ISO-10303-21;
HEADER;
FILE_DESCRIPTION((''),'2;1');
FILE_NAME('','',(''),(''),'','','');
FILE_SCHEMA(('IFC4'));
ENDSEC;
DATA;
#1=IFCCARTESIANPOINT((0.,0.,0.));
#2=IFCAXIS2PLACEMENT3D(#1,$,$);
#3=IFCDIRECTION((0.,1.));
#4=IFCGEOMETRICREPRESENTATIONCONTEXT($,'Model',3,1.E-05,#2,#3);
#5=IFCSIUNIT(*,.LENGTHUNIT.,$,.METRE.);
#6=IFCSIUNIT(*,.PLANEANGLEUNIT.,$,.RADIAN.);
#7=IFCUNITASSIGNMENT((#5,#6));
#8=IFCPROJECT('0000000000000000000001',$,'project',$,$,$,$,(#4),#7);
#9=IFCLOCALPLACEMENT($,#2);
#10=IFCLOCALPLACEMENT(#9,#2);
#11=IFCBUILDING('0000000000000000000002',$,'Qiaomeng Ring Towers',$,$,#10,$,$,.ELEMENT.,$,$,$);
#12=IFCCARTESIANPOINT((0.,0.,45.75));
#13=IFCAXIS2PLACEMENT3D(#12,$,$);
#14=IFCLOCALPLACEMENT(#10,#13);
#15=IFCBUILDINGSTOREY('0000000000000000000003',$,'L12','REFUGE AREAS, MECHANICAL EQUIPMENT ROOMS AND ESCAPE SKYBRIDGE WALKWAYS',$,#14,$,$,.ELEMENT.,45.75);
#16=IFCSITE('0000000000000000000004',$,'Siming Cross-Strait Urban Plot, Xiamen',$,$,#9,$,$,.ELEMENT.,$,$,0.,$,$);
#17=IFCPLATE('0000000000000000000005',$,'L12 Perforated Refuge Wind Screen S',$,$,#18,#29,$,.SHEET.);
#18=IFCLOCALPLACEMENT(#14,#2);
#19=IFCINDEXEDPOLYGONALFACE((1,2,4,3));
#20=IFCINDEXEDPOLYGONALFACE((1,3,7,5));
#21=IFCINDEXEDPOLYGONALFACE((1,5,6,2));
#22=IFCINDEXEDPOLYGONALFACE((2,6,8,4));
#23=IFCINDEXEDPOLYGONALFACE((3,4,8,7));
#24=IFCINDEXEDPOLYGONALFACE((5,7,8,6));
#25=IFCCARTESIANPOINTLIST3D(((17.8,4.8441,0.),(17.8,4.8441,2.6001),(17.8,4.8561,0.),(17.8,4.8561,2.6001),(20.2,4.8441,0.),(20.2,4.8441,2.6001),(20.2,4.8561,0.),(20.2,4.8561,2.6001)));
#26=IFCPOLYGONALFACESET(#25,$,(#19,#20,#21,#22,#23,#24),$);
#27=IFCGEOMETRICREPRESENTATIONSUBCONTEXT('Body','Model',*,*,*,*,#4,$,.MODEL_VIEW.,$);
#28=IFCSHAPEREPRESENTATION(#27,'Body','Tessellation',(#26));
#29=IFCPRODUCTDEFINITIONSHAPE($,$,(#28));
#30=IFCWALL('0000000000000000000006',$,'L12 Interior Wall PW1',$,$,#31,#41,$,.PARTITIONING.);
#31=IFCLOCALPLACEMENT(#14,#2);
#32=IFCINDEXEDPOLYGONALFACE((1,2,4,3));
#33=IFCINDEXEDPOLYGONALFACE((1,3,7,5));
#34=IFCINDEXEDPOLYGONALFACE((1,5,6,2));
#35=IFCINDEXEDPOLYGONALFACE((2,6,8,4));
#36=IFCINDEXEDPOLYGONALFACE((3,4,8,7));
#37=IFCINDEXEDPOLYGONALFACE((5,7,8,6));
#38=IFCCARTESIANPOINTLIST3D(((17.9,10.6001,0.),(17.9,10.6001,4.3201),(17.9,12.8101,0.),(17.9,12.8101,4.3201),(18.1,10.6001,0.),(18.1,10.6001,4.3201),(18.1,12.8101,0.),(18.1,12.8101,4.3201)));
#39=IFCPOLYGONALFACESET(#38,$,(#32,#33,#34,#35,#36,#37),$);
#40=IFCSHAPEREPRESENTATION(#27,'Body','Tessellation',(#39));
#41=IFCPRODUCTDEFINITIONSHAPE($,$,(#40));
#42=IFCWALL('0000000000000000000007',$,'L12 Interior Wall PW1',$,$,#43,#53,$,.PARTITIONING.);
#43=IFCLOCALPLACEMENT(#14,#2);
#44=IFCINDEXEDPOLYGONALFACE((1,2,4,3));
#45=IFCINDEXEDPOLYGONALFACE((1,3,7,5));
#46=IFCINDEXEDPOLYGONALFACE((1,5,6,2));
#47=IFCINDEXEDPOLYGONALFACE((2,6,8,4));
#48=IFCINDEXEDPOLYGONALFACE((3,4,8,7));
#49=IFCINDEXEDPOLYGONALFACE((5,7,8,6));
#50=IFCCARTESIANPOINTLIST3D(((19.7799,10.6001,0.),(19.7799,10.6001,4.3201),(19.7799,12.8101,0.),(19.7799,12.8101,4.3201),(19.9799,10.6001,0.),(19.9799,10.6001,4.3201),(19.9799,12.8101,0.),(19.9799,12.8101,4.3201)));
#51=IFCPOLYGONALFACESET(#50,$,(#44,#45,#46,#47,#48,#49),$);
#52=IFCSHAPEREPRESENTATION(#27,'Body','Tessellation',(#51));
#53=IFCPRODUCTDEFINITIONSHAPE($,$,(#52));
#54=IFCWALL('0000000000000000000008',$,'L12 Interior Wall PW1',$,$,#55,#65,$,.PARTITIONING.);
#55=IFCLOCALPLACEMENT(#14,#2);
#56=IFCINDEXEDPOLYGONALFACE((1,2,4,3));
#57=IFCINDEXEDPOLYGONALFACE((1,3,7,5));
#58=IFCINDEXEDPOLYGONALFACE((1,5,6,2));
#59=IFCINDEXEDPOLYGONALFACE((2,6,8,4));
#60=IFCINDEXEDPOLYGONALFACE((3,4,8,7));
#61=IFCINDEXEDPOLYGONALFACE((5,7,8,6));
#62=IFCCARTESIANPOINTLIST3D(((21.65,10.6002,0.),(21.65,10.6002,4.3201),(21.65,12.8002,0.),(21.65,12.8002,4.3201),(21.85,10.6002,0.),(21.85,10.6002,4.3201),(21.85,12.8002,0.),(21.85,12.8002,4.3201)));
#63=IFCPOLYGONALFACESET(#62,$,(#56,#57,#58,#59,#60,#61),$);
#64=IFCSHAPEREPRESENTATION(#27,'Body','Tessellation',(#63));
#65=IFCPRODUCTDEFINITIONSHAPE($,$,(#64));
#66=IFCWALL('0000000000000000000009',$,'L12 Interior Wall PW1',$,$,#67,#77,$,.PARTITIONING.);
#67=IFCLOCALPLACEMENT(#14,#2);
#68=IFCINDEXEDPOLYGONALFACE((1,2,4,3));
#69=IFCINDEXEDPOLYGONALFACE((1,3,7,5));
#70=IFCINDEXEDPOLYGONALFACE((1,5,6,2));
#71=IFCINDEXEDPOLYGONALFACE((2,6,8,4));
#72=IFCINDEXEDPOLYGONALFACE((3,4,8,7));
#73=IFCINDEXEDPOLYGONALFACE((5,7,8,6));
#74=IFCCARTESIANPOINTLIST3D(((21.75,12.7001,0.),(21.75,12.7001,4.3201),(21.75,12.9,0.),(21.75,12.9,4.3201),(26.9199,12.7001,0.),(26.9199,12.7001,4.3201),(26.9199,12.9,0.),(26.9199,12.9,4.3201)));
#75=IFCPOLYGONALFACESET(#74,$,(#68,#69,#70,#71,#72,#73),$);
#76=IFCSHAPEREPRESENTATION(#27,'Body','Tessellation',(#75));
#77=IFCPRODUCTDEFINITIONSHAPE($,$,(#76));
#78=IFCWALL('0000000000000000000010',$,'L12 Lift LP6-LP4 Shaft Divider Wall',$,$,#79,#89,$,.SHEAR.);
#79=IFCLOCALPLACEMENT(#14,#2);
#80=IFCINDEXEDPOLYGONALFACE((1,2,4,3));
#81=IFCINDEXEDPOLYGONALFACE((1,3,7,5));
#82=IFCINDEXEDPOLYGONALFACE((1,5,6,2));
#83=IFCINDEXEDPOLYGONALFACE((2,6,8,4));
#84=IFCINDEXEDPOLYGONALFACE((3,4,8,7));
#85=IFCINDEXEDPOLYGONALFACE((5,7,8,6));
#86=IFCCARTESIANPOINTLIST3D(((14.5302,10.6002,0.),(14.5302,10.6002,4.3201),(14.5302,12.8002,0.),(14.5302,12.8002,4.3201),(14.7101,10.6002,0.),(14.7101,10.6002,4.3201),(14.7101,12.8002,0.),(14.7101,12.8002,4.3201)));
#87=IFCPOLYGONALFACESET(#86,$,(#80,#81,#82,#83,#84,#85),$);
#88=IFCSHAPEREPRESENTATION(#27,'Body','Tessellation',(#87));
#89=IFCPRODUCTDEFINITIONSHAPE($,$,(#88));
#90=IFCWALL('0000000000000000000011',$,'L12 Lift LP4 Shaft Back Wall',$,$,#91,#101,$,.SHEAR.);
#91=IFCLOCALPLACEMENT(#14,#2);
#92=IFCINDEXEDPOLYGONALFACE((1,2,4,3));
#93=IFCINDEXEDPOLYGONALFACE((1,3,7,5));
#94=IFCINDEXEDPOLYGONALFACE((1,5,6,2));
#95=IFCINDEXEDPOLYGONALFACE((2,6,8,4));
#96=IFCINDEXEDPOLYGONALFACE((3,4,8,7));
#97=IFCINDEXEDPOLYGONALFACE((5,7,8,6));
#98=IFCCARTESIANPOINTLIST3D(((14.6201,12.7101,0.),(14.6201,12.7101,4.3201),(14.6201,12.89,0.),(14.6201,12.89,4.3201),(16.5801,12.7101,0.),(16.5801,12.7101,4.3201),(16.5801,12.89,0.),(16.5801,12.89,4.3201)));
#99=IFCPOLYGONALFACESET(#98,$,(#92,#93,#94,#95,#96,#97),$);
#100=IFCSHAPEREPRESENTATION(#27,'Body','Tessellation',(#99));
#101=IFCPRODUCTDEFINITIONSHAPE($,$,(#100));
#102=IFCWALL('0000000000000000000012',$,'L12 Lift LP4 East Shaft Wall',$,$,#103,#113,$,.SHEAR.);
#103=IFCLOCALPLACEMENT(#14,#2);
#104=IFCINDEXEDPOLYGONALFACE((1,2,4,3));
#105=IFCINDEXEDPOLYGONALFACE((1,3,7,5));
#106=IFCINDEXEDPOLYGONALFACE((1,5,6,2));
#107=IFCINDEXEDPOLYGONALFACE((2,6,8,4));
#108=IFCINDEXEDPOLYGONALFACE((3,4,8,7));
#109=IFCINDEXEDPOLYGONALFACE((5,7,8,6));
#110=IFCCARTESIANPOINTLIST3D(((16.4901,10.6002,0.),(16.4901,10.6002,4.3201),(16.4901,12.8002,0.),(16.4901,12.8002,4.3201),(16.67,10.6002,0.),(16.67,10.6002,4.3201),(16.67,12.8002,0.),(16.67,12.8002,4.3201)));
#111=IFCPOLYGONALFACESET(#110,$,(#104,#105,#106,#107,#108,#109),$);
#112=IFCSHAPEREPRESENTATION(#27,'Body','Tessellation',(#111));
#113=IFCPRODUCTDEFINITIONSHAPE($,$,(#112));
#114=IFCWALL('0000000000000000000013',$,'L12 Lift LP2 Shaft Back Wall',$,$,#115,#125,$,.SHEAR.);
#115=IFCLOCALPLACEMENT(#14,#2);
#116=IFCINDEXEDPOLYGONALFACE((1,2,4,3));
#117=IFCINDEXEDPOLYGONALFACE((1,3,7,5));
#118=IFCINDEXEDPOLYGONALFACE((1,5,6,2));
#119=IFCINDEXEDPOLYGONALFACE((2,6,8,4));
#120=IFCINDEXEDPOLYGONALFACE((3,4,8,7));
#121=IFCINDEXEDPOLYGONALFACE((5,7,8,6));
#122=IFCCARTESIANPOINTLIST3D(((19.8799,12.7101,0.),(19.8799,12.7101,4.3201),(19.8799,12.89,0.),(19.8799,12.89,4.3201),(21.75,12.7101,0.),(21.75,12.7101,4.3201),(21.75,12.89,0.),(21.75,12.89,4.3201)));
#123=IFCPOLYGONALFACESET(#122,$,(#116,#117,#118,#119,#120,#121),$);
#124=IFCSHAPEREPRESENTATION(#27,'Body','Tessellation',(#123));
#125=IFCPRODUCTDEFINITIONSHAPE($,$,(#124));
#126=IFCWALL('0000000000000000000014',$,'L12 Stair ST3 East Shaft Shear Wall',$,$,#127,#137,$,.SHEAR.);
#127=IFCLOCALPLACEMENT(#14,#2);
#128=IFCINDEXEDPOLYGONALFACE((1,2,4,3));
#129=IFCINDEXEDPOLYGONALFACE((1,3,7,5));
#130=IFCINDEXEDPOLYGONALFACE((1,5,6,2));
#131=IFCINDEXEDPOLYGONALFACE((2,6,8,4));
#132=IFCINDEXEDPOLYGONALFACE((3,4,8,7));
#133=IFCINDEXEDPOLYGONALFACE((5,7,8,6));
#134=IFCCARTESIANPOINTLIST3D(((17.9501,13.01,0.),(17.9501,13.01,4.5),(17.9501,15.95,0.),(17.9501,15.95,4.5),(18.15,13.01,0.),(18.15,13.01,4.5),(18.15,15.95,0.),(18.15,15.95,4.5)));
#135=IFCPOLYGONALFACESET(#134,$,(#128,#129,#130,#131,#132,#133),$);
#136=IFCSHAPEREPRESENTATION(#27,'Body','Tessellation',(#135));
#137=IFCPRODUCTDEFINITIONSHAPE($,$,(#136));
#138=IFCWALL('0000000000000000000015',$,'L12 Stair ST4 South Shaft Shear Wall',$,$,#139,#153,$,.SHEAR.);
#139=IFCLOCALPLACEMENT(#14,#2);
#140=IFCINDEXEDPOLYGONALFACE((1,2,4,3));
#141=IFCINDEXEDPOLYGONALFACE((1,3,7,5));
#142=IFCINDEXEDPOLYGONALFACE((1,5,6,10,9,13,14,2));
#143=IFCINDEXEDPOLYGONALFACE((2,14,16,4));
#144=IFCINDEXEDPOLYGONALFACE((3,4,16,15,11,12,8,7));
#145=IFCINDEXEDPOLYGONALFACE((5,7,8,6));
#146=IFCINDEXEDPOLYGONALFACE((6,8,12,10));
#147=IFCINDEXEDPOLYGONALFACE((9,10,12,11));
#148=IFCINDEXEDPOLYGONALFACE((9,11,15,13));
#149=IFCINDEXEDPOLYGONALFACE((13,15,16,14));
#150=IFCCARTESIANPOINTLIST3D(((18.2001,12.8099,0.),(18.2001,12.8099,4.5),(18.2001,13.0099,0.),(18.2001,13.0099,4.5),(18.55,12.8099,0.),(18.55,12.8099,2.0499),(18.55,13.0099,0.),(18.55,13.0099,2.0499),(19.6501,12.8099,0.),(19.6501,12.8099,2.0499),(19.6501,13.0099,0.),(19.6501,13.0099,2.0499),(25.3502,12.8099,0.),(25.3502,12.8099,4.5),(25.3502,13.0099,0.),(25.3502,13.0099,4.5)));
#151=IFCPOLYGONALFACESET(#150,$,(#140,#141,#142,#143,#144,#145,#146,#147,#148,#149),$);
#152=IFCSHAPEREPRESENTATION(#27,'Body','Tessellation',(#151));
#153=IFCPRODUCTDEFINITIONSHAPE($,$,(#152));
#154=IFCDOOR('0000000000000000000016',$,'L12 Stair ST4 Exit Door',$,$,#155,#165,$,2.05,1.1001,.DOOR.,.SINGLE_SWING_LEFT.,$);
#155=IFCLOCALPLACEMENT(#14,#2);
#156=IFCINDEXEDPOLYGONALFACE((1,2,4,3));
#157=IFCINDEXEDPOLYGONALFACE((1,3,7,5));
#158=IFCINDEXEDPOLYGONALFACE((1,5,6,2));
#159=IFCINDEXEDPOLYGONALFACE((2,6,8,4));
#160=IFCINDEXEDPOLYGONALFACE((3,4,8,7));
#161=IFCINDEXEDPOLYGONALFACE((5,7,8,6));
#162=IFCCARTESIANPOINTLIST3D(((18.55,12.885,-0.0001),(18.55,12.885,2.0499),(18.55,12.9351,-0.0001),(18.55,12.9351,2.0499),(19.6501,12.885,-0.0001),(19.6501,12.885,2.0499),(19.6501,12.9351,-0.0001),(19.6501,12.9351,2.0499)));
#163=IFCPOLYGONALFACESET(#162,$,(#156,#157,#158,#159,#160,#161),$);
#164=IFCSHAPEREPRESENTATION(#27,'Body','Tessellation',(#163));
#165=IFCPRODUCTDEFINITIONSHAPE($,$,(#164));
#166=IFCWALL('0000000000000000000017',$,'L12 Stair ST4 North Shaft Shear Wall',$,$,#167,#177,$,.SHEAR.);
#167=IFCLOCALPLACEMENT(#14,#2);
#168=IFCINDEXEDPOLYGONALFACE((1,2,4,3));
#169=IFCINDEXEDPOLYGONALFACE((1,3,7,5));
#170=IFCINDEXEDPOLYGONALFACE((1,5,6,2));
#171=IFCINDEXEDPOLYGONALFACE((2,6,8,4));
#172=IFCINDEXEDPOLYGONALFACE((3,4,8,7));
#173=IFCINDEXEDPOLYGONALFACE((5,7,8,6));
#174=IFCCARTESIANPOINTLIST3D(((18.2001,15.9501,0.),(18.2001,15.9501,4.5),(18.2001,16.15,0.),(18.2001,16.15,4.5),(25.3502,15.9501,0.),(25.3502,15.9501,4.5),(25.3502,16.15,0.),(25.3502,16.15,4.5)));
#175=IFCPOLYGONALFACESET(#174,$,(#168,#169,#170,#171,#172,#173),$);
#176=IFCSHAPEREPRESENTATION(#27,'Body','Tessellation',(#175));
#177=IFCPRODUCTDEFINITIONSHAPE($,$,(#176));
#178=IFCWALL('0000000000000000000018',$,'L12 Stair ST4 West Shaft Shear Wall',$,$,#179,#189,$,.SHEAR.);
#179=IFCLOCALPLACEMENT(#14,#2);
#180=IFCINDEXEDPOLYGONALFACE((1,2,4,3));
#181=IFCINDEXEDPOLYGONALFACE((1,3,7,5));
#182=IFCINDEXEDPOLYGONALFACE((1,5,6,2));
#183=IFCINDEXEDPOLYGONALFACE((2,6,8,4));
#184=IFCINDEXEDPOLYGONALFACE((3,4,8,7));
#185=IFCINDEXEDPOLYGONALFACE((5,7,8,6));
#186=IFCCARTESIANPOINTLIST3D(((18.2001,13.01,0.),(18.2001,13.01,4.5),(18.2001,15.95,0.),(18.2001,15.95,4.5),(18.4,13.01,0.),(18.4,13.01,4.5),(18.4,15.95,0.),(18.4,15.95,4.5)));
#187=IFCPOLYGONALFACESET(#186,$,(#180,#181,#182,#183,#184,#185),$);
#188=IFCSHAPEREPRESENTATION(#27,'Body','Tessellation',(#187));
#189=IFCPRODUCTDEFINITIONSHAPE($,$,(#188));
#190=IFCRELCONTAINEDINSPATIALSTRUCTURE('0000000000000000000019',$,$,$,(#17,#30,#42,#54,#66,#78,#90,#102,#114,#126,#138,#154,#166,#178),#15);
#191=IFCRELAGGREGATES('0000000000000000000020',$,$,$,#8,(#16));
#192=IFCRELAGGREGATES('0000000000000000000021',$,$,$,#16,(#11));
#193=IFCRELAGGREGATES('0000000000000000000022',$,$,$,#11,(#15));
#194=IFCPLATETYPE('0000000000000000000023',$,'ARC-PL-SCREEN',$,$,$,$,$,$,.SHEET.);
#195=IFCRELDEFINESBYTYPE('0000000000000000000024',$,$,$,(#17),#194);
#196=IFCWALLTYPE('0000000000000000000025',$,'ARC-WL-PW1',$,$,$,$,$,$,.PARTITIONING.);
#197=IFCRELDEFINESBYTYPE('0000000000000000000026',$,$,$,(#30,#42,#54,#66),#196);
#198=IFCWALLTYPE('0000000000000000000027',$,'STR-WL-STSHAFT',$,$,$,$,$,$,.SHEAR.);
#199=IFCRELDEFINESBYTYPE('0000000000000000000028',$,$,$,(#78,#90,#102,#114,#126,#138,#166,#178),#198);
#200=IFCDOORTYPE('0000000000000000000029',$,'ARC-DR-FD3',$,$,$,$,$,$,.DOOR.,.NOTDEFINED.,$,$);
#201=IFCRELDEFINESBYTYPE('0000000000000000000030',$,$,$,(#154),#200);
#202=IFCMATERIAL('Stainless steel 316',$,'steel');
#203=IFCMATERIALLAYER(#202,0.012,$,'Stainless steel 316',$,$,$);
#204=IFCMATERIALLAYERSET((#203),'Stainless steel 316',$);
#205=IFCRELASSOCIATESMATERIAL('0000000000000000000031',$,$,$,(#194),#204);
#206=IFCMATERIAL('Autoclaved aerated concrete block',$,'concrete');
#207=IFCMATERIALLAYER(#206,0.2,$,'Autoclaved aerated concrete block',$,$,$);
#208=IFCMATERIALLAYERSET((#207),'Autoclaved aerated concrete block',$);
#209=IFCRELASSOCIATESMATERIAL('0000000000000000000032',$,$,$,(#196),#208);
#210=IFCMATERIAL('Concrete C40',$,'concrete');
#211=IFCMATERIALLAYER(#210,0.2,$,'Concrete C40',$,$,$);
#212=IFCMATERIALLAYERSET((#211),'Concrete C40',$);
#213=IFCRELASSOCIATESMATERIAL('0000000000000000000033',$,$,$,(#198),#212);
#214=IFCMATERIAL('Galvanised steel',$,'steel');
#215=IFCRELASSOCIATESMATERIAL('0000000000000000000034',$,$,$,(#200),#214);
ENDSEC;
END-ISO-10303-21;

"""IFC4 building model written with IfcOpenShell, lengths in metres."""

from ifc_helpers import new_model, si_unit, direction, frame, frame_2d, origin, origin_2d, place, context, subcontext, project, spatial, rectangle, extrude, source, transform, mapped, material, layer, layer_set, type_object, element, fill, save


model = new_model("IFC4")

# Units and contexts
model_context = context("Model", 3, precision=1e-05, world=origin(), true_north=direction((0.0, 1.0)))
body_context = subcontext(model_context, "Body", "Model", "MODEL_VIEW")
ifc_project = project(units=[si_unit("LENGTHUNIT", "METRE"), si_unit("PLANEANGLEUNIT", "RADIAN")], contexts=[model_context])

# Site, building, storey
site_placement = place(None, origin())
site = spatial("IfcSite", under=ifc_project, at=site_placement, Name="Siming Cross-Strait Urban Plot, Xiamen", CompositionType="ELEMENT", RefElevation=0.0)
building_placement = place(site_placement, origin())
building = spatial("IfcBuilding", under=site, at=building_placement, Name="Qiaomeng Ring Towers", CompositionType="ELEMENT")
storey_placement = place(building_placement, frame((0.0, 0.0, 45.75)))
storey = spatial("IfcBuildingStorey", under=building, at=storey_placement, Name="L12", Description="REFUGE AREAS, MECHANICAL EQUIPMENT ROOMS AND ESCAPE SKYBRIDGE WALKWAYS", CompositionType="ELEMENT", Elevation=45.75)

# Plate
ifc_material_1 = material(Name="Stainless steel 316", Category="steel")
ifc_layer_1 = layer(ifc_material_1, 0.012, Name="Stainless steel 316")
ifc_layer_set_1 = layer_set([ifc_layer_1], Name="Stainless steel 316")
plate_type_1 = type_object("IfcPlateType", Name="ARC-PL-SCREEN", PredefinedType="SHEET", material=ifc_layer_set_1)
shared_shape_1 = source(origin(), body_context, "Body", "SweptSolid", [
    extrude(rectangle(XDim=2.3999, YDim=0.012, at=origin_2d()), origin(), (0.0, 0.0, 1.0), 2.6001),
])
plate_1_placement = place(storey_placement, frame((19.0, 4.8501, 0.0), z_axis=(0.0, 0.0, 1.0), x_axis=(1.0, 0.0, 0.0)))
element("IfcPlate", 1, at=plate_1_placement, inside=storey, type_object=plate_type_1, Name="L12 Perforated Refuge Wind Screen S", PredefinedType="SHEET", context=body_context, shape_type="MappedRepresentation", body=[
    mapped(shared_shape_1, transform((0.0, 0.0, 0.0), x_axis=(1.0, 0.0, 0.0), y_axis=(0.0, 1.0, 0.0), z_axis=(0.0, 0.0, 1.0), scale=1.0)),
])

# Walls
ifc_material_2 = material(Name="Autoclaved aerated concrete block", Category="concrete")
ifc_layer_2 = layer(ifc_material_2, 0.2, Name="Autoclaved aerated concrete block")
ifc_layer_set_2 = layer_set([ifc_layer_2], Name="Autoclaved aerated concrete block")
wall_type_1 = type_object("IfcWallType", Name="ARC-WL-PW1", PredefinedType="PARTITIONING", material=ifc_layer_set_2)
for number, where, z_axis, x_axis, name in (
    (2, (18.0, 10.6001, 0.0), (0.0, 0.0, 1.0), (0.0, 1.0, 0.0), "L12 Interior Wall PW1"),
    (3, (19.8799, 10.6001, 0.0), (0.0, 0.0, 1.0), (0.0, 1.0, 0.0), "L12 Interior Wall PW1"),
):
    element("IfcWall", number, at=place(storey_placement, frame(where, z_axis=z_axis, x_axis=x_axis)), inside=storey, type_object=wall_type_1, Name=name, PredefinedType="PARTITIONING", context=body_context, shape_type="SweptSolid", body=[
        extrude(rectangle(XDim=2.21, YDim=0.2, at=frame_2d((1.105, 0.0))), origin(), (0.0, 0.0, 1.0), 4.3201),
    ])
wall_1_placement = place(storey_placement, frame((21.75, 10.6001, 0.0), z_axis=(0.0, 0.0, 1.0), x_axis=(0.0, 1.0, 0.0)))
element("IfcWall", 4, at=wall_1_placement, inside=storey, type_object=wall_type_1, Name="L12 Interior Wall PW1", PredefinedType="PARTITIONING", context=body_context, shape_type="SweptSolid", body=[
    extrude(rectangle(XDim=2.2, YDim=0.2, at=frame_2d((1.1001, 0.0))), origin(), (0.0, 0.0, 1.0), 4.3201),
])
wall_2_placement = place(storey_placement, frame((21.75, 12.8, 0.0), z_axis=(0.0, 0.0, 1.0), x_axis=(1.0, 0.0, 0.0)))
element("IfcWall", 5, at=wall_2_placement, inside=storey, type_object=wall_type_1, Name="L12 Interior Wall PW1", PredefinedType="PARTITIONING", context=body_context, shape_type="SweptSolid", body=[
    extrude(rectangle(XDim=5.1699, YDim=0.2, at=frame_2d((2.585, 0.0))), origin(), (0.0, 0.0, 1.0), 4.3201),
])
ifc_material_3 = material(Name="Concrete C40", Category="concrete")
ifc_layer_3 = layer(ifc_material_3, 0.2, Name="Concrete C40")
ifc_layer_set_3 = layer_set([ifc_layer_3], Name="Concrete C40")
wall_type_2 = type_object("IfcWallType", Name="STR-WL-STSHAFT", PredefinedType="SHEAR", material=ifc_layer_set_3)
wall_3_placement = place(storey_placement, frame((14.6201, 10.6001, 0.0), z_axis=(0.0, 0.0, 1.0), x_axis=(0.0, 1.0, 0.0)))
element("IfcWall", 6, at=wall_3_placement, inside=storey, type_object=wall_type_2, Name="L12 Lift LP6-LP4 Shaft Divider Wall", PredefinedType="SHEAR", context=body_context, shape_type="SweptSolid", body=[
    extrude(rectangle(XDim=2.2, YDim=0.1799, at=frame_2d((1.1001, 0.0))), origin(), (0.0, 0.0, 1.0), 4.3201),
])
wall_4_placement = place(storey_placement, frame((14.6201, 12.8, 0.0), z_axis=(0.0, 0.0, 1.0), x_axis=(1.0, 0.0, 0.0)))
element("IfcWall", 7, at=wall_4_placement, inside=storey, type_object=wall_type_2, Name="L12 Lift LP4 Shaft Back Wall", PredefinedType="SHEAR", context=body_context, shape_type="SweptSolid", body=[
    extrude(rectangle(XDim=1.96, YDim=0.1799, at=frame_2d((0.98, 0.0))), origin(), (0.0, 0.0, 1.0), 4.3201),
])
wall_5_placement = place(storey_placement, frame((16.5801, 10.6001, 0.0), z_axis=(0.0, 0.0, 1.0), x_axis=(0.0, 1.0, 0.0)))
element("IfcWall", 8, at=wall_5_placement, inside=storey, type_object=wall_type_2, Name="L12 Lift LP4 East Shaft Wall", PredefinedType="SHEAR", context=body_context, shape_type="SweptSolid", body=[
    extrude(rectangle(XDim=2.2, YDim=0.1799, at=frame_2d((1.1001, 0.0))), origin(), (0.0, 0.0, 1.0), 4.3201),
])
wall_6_placement = place(storey_placement, frame((19.8799, 12.8, 0.0), z_axis=(0.0, 0.0, 1.0), x_axis=(1.0, 0.0, 0.0)))
element("IfcWall", 9, at=wall_6_placement, inside=storey, type_object=wall_type_2, Name="L12 Lift LP2 Shaft Back Wall", PredefinedType="SHEAR", context=body_context, shape_type="SweptSolid", body=[
    extrude(rectangle(XDim=1.8701, YDim=0.1799, at=frame_2d((0.9351, 0.0))), origin(), (0.0, 0.0, 1.0), 4.3201),
])
wall_7_placement = place(storey_placement, frame((18.05, 13.01, 0.0), z_axis=(0.0, 0.0, 1.0), x_axis=(0.0, 1.0, 0.0)))
element("IfcWall", 10, at=wall_7_placement, inside=storey, type_object=wall_type_2, Name="L12 Stair ST3 East Shaft Shear Wall", PredefinedType="SHEAR", context=body_context, shape_type="SweptSolid", body=[
    extrude(rectangle(XDim=2.9399, YDim=0.2, at=frame_2d((1.47, 0.0))), origin(), (0.0, 0.0, 1.0), 4.5),
])

# Wall, opening, door
wall_8_placement = place(storey_placement, frame((18.2, 12.9099, 0.0), z_axis=(0.0, 0.0, 1.0), x_axis=(1.0, 0.0, 0.0)))
wall_8 = element("IfcWall", 11, at=wall_8_placement, inside=storey, type_object=wall_type_2, Name="L12 Stair ST4 South Shaft Shear Wall", PredefinedType="SHEAR", context=body_context, shape_type="SweptSolid", body=[
    extrude(rectangle(XDim=7.1501, YDim=0.2, at=frame_2d((3.5752, 0.0))), origin(), (0.0, 0.0, 1.0), 4.5),
])
opening_placement = place(wall_8_placement, frame((0.3501, 0.0, 0.0)))
opening = element("IfcOpeningElement", 12, at=opening_placement, cuts=wall_8, PredefinedType="OPENING", context=body_context, shape_type="SweptSolid", body=[
    extrude(rectangle(XDim=1.1001, YDim=2.05, at=frame_2d((0.55, 1.0249))), frame((0.0, 0.1099, 0.0), z_axis=(0.0, -1.0, 0.0), x_axis=(1.0, 0.0, 0.0)), (0.0, 0.0, 1.0), 0.22),
])
ifc_material_4 = material(Name="Galvanised steel", Category="steel")
door_type = type_object("IfcDoorType", Name="ARC-DR-FD3", OperationType="NOTDEFINED", PredefinedType="DOOR", material=ifc_material_4)
shared_shape_2 = source(origin(), body_context, "Body", "SweptSolid", [
    extrude(rectangle(XDim=1.1001, YDim=2.05, at=frame_2d((0.55, 1.0249))), frame((0.0, 0.0249, 0.0), z_axis=(0.0, -1.0, 0.0), x_axis=(1.0, 0.0, 0.0)), (0.0, 0.0, 1.0), 0.05),
])
door_placement = place(opening_placement, frame((1.1001, 0.0, 0.0), z_axis=(0.0, 0.0, 1.0), x_axis=(-1.0, 0.0, 0.0)))
door = element("IfcDoor", 13, at=door_placement, inside=storey, type_object=door_type, Name="L12 Stair ST4 Exit Door", OperationType="SINGLE_SWING_LEFT", OverallHeight=2.05, OverallWidth=1.1001, PredefinedType="DOOR", context=body_context, shape_type="MappedRepresentation", body=[
    mapped(shared_shape_2, transform((0.0, 0.0, 0.0), x_axis=(1.0, 0.0, 0.0), y_axis=(0.0, 1.0, 0.0), z_axis=(0.0, 0.0, 1.0), scale=1.0)),
])
fill(opening, door)

# Walls
wall_9_placement = place(storey_placement, frame((18.2, 16.05, 0.0), z_axis=(0.0, 0.0, 1.0), x_axis=(1.0, 0.0, 0.0)))
element("IfcWall", 14, at=wall_9_placement, inside=storey, type_object=wall_type_2, Name="L12 Stair ST4 North Shaft Shear Wall", PredefinedType="SHEAR", context=body_context, shape_type="SweptSolid", body=[
    extrude(rectangle(XDim=7.1501, YDim=0.2, at=frame_2d((3.5752, 0.0))), origin(), (0.0, 0.0, 1.0), 4.5),
])
wall_10_placement = place(storey_placement, frame((18.3, 13.01, 0.0), z_axis=(0.0, 0.0, 1.0), x_axis=(0.0, 1.0, 0.0)))
element("IfcWall", 15, at=wall_10_placement, inside=storey, type_object=wall_type_2, Name="L12 Stair ST4 West Shaft Shear Wall", PredefinedType="SHEAR", context=body_context, shape_type="SweptSolid", body=[
    extrude(rectangle(XDim=2.9399, YDim=0.2, at=frame_2d((1.47, 0.0))), origin(), (0.0, 0.0, 1.0), 4.5),
])

save(model, "model.ifc")
